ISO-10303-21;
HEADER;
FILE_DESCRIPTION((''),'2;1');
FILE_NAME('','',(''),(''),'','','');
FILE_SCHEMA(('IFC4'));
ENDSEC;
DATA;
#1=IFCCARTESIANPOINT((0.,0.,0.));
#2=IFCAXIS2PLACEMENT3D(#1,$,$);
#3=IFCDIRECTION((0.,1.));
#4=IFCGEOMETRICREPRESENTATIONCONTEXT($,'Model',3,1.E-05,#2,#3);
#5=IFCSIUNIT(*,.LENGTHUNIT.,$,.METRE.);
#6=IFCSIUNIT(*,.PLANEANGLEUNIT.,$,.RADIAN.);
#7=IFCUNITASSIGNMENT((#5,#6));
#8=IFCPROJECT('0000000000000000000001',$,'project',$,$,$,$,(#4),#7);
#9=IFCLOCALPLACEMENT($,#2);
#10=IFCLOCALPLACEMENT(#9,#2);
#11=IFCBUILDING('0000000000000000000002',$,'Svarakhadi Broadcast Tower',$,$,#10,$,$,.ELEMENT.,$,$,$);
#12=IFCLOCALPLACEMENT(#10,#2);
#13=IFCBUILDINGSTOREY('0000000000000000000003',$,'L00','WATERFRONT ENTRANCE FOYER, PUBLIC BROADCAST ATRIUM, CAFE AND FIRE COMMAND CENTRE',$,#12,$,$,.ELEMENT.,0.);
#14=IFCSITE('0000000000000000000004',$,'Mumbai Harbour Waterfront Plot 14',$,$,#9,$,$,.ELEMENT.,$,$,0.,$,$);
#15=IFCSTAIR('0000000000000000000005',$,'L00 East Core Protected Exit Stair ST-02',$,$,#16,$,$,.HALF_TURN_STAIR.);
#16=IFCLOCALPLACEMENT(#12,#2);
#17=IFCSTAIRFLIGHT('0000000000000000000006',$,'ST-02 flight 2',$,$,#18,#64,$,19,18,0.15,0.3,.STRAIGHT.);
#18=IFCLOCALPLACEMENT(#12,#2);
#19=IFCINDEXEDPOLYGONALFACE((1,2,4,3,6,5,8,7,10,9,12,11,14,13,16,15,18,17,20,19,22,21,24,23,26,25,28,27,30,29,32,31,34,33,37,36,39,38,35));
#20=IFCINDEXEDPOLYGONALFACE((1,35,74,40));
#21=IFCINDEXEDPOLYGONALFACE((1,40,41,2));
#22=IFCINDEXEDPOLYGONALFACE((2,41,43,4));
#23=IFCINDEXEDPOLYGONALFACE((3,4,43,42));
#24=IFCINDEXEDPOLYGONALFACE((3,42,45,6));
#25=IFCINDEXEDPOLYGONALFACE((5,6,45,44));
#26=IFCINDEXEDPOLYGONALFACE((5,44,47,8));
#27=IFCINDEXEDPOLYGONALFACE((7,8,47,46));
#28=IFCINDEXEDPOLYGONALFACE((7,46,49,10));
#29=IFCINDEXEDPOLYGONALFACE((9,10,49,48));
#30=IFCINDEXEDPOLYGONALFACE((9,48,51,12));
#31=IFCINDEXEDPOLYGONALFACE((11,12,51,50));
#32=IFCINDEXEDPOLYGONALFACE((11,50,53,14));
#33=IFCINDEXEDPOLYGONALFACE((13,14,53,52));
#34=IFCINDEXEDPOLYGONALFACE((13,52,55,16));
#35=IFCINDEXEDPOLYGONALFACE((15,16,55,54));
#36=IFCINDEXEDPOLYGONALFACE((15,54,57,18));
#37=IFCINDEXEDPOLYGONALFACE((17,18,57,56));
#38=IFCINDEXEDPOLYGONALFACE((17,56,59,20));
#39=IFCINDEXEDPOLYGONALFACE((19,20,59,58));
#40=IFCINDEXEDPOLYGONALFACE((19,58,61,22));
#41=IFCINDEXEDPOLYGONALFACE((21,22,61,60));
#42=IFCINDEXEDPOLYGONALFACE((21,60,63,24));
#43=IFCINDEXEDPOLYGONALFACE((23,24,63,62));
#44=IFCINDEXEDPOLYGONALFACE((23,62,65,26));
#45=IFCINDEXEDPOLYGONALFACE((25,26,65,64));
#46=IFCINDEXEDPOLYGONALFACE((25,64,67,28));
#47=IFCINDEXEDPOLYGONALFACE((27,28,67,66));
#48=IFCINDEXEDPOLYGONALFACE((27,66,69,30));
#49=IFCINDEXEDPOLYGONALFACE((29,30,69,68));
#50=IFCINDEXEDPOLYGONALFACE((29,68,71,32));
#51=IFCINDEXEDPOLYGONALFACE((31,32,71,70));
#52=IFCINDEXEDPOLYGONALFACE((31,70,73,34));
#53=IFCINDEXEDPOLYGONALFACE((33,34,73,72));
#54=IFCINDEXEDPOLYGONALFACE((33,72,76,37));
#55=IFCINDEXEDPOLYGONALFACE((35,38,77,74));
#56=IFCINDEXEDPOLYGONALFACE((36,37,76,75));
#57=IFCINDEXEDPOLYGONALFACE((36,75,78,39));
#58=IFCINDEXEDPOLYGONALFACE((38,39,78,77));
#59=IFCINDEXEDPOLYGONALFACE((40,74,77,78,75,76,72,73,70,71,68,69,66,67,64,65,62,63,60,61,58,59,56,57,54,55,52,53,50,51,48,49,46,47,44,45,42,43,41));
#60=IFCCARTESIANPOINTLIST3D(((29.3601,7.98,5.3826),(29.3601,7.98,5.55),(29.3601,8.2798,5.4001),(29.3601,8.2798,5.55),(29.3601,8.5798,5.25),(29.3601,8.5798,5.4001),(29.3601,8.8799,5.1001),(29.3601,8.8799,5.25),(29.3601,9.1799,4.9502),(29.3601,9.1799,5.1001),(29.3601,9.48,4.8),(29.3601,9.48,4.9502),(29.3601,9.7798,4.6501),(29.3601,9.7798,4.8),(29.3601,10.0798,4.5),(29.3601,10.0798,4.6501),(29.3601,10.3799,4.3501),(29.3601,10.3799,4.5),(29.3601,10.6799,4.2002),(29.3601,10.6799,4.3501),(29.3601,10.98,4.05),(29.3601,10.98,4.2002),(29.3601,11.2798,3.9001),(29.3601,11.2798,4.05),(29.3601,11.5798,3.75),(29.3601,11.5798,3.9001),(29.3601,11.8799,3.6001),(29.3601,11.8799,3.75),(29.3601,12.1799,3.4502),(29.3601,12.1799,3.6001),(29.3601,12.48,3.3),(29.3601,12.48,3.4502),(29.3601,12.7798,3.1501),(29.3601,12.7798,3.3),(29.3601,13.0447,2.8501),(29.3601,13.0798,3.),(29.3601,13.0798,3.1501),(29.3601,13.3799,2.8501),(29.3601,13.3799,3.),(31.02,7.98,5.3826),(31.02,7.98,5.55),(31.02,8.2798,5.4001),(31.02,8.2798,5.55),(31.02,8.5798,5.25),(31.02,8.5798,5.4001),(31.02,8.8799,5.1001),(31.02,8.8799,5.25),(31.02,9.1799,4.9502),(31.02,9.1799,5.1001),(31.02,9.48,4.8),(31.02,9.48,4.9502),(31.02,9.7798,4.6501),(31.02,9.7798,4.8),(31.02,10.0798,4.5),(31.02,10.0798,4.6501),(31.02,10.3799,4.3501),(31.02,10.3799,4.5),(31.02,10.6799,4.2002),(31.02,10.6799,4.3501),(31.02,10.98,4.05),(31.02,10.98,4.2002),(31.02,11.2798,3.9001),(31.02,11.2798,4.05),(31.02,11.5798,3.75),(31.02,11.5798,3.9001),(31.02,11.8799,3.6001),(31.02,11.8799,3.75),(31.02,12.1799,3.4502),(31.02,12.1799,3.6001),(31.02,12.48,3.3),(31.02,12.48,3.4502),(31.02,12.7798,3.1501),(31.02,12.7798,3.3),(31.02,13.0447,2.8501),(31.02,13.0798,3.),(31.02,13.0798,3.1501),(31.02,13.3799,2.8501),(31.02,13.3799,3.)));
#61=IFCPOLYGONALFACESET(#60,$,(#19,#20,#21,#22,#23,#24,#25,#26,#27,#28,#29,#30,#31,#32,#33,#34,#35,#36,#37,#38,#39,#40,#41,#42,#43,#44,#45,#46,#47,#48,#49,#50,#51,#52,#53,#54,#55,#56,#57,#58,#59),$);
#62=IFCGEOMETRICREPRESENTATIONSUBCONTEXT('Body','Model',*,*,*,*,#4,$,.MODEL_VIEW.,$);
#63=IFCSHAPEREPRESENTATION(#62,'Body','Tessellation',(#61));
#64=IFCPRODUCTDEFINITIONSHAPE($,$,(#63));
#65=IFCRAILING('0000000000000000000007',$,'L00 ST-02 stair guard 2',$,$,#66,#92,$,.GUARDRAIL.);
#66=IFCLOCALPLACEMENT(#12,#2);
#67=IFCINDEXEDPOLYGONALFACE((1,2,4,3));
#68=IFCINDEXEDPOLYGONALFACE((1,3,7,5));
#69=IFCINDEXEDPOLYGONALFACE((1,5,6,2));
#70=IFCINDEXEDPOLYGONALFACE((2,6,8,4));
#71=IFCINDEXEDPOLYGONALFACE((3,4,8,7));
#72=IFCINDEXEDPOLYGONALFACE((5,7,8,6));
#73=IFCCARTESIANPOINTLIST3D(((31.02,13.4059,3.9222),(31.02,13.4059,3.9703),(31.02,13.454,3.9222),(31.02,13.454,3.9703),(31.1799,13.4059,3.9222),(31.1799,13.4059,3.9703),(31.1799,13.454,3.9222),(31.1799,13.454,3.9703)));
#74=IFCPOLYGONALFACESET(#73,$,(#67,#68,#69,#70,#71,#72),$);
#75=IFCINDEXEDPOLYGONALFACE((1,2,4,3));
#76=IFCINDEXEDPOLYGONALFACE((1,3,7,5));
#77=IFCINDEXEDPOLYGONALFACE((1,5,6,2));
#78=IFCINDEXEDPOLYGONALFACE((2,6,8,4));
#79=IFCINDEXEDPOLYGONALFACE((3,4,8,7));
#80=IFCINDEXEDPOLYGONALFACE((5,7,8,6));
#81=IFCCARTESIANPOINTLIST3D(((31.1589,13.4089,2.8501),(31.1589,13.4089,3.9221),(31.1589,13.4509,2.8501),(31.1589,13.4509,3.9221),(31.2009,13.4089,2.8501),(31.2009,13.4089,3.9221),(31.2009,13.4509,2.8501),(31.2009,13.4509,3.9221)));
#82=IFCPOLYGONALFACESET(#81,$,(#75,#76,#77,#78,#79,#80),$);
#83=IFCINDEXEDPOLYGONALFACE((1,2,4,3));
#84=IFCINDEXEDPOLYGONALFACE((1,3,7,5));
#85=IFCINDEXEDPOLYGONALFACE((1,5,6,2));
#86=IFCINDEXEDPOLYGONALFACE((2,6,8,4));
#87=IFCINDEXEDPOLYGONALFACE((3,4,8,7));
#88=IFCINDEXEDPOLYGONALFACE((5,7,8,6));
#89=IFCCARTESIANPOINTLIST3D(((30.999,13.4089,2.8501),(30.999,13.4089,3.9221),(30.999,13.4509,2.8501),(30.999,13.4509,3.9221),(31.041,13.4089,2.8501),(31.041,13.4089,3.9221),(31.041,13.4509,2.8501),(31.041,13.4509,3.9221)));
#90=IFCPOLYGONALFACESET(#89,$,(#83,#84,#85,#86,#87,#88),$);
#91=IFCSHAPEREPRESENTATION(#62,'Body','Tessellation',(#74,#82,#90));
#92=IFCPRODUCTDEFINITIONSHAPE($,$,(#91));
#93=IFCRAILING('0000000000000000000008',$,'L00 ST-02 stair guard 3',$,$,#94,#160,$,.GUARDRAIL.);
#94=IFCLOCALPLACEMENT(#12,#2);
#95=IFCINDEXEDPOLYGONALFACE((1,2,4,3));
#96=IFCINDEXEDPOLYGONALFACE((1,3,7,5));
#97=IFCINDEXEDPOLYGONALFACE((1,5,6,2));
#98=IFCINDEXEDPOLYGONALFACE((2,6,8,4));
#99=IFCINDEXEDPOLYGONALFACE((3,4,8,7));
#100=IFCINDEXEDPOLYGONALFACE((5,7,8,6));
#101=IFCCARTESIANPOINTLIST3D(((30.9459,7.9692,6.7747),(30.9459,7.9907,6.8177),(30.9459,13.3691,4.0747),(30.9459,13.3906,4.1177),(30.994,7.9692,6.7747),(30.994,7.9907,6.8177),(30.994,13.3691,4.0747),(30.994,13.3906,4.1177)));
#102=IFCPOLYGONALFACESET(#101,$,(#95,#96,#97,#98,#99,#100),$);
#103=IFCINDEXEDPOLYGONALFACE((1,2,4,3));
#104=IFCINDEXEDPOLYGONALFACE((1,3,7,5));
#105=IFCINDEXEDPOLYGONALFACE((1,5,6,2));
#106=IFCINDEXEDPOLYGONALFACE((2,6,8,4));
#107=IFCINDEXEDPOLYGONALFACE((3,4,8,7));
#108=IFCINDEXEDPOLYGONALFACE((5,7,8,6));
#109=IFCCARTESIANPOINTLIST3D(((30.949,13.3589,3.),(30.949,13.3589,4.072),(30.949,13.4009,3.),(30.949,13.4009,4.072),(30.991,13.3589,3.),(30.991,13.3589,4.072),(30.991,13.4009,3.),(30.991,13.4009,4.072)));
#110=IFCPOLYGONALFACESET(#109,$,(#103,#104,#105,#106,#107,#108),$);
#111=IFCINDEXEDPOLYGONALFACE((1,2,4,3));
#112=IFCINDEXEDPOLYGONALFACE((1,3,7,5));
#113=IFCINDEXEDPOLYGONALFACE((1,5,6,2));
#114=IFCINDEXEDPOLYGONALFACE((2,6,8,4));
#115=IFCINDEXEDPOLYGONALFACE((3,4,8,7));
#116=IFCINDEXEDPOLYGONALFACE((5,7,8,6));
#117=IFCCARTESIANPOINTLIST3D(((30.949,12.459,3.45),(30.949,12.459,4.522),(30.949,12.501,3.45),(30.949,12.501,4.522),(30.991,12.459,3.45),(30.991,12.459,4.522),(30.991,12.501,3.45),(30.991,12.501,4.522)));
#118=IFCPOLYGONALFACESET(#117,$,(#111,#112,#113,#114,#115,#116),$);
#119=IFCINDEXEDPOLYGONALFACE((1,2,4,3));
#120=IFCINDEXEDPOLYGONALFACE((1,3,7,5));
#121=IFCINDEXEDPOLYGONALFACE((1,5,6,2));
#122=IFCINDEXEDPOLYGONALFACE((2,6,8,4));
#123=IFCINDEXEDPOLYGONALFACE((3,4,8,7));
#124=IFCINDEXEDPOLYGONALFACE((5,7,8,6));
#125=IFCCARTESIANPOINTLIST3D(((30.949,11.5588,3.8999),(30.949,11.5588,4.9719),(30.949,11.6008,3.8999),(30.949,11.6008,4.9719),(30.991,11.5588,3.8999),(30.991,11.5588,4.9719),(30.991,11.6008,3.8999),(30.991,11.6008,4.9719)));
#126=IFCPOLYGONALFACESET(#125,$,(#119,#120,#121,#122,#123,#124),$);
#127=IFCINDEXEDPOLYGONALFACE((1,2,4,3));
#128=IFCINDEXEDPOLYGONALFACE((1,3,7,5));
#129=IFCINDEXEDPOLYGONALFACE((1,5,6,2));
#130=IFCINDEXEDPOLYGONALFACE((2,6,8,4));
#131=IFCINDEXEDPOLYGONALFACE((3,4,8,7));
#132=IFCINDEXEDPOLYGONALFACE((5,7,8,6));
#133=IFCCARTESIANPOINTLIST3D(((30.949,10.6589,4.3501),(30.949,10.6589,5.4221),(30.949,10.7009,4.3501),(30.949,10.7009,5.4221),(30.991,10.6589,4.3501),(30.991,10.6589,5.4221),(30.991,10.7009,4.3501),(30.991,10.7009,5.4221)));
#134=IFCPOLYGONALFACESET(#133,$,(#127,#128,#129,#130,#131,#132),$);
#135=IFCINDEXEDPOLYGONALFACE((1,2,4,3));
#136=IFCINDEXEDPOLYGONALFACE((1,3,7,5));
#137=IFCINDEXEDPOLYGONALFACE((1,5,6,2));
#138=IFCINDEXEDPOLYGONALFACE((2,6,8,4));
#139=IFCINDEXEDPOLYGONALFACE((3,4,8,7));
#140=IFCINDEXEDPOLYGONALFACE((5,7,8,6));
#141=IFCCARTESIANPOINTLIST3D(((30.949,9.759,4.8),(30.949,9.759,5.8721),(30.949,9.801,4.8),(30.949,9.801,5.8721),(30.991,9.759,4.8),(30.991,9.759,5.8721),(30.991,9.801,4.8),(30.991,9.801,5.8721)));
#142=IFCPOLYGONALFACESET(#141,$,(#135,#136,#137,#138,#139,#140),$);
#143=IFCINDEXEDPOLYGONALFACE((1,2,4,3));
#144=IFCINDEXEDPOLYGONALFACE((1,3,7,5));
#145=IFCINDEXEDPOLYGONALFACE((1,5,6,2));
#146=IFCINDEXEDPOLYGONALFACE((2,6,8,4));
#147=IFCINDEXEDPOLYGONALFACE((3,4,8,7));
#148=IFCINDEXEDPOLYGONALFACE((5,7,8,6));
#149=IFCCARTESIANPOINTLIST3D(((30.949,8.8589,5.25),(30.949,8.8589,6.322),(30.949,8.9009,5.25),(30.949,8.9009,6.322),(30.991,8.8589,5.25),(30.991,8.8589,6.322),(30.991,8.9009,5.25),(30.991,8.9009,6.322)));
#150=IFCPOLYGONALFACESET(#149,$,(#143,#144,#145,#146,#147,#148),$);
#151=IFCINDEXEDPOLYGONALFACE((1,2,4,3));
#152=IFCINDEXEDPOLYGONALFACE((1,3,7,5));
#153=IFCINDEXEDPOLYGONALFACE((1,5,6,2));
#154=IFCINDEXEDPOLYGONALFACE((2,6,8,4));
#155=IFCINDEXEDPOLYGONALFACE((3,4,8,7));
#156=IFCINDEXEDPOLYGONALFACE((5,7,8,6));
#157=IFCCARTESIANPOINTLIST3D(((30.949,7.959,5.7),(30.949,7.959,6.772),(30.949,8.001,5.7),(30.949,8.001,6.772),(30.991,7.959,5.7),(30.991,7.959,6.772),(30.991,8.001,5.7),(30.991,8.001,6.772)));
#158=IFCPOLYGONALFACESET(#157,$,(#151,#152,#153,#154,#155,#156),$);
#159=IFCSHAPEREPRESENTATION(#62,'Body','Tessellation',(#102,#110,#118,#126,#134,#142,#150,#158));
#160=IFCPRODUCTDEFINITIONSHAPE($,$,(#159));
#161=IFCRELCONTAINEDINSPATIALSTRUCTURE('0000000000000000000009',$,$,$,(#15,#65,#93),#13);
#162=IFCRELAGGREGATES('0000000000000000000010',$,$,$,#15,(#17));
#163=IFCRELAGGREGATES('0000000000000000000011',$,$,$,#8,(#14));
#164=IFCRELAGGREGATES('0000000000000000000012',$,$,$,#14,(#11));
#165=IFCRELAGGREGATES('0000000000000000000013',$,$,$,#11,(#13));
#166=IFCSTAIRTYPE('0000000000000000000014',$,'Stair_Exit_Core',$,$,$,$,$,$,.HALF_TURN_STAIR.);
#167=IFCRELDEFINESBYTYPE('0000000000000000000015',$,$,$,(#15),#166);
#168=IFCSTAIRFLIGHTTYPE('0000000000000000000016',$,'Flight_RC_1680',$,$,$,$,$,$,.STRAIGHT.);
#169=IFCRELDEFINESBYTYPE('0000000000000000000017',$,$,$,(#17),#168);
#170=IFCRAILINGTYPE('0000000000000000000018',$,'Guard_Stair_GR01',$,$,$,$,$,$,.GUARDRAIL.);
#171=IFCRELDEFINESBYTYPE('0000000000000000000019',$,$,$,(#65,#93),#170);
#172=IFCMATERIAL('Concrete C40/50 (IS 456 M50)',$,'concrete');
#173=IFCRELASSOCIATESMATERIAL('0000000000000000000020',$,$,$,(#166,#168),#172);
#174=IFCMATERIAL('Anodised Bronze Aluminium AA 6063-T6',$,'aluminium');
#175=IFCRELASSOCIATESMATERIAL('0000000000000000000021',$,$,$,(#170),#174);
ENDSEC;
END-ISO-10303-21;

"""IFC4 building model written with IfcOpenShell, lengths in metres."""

from ifc_helpers import new_model, si_unit, direction, frame, origin, origin_2d, place, context, subcontext, project, spatial, polyline, rectangle, outline, extrude, material, type_object, element, aggregate, save


model = new_model("IFC4")

# Units and contexts
model_context = context("Model", 3, precision=1e-05, world=origin(), true_north=direction((0.0, 1.0)))
body_context = subcontext(model_context, "Body", "Model", "MODEL_VIEW")
ifc_project = project(units=[si_unit("LENGTHUNIT", "METRE"), si_unit("PLANEANGLEUNIT", "RADIAN")], contexts=[model_context])

# Site, building, storey
site_placement = place(None, origin())
site = spatial("IfcSite", under=ifc_project, at=site_placement, Name="Mumbai Harbour Waterfront Plot 14", CompositionType="ELEMENT", RefElevation=0.0)
building_placement = place(site_placement, origin())
building = spatial("IfcBuilding", under=site, at=building_placement, Name="Svarakhadi Broadcast Tower", CompositionType="ELEMENT")
storey_placement = place(building_placement, origin())
storey = spatial("IfcBuildingStorey", under=building, at=storey_placement, Name="L00", Description="WATERFRONT ENTRANCE FOYER, PUBLIC BROADCAST ATRIUM, CAFE AND FIRE COMMAND CENTRE", CompositionType="ELEMENT", Elevation=0.0)

# Shared definitions
ifc_material_1 = material(Name="Concrete C40/50 (IS 456 M50)", Category="concrete")

# Stair, stair flight
stair_type = type_object("IfcStairType", Name="Stair_Exit_Core", PredefinedType="HALF_TURN_STAIR", material=ifc_material_1)
stair_placement = place(storey_placement, origin())
stair = element("IfcStair", 1, at=stair_placement, inside=storey, type_object=stair_type, Name="L00 East Core Protected Exit Stair ST-02", PredefinedType="HALF_TURN_STAIR")
stair_flight_type = type_object("IfcStairFlightType", Name="Flight_RC_1680", PredefinedType="STRAIGHT", material=ifc_material_1)
stair_flight_placement = place(storey_placement, frame((30.1899, 13.3799, 2.8501), z_axis=(0.0, 0.0, 1.0), x_axis=(0.0, -1.0, 0.0)))
stair_flight = element("IfcStairFlight", 2, at=stair_flight_placement, type_object=stair_flight_type, Name="ST-02 flight 2", NumberOfRisers=19, NumberOfTreads=18, PredefinedType="STRAIGHT", RiserHeight=0.15, TreadLength=0.3, context=body_context, shape_type="SweptSolid", body=[
    extrude(outline(polyline([(0.0, 0.0), (0.0, 0.1499), (0.3, 0.1499), (0.3, 0.3), (0.6001, 0.3), (0.6001, 0.45), (0.8999, 0.45), (0.8999, 0.6001), (1.2, 0.6001), (1.2, 0.75), (1.5, 0.75), (1.5, 0.8999), (1.8, 0.8999), (1.8, 1.05), (2.1001, 1.05), (2.1001, 1.2), (2.3999, 1.2), (2.3999, 1.3501), (2.7, 1.3501), (2.7, 1.5), (3.0, 1.5), (3.0, 1.6499), (3.3, 1.6499), (3.3, 1.8), (3.6001, 1.8), (3.6001, 1.95), (3.8999, 1.95), (3.8999, 2.1001), (4.2, 2.1001), (4.2, 2.25), (4.5, 2.25), (4.5, 2.3999), (4.8, 2.3999), (4.8, 2.55), (5.1001, 2.55), (5.1001, 2.7), (5.3999, 2.7), (5.3999, 2.8501), (5.3999, 2.5325), (0.3352, 0.0), (0.0, 0.0)])), frame((0.0, 0.8301, 0.0), z_axis=(0.0, -1.0, 0.0), x_axis=(1.0, 0.0, 0.0)), (0.0, 0.0, 1.0), 1.6599),
])
aggregate(stair, [stair_flight])

# Railings
ifc_material_2 = material(Name="Anodised Bronze Aluminium AA 6063-T6", Category="aluminium")
railing_type_1 = type_object("IfcRailingType", Name="Guard_Stair_GR01", PredefinedType="GUARDRAIL", material=ifc_material_2)
railing_1_placement = place(storey_placement, frame((31.1799, 13.4299, 2.8501)))
element("IfcRailing", 3, at=railing_1_placement, inside=storey, type_object=railing_type_1, Name="L00 ST-02 stair guard 2", PredefinedType="GUARDRAIL", context=body_context, shape_type="SweptSolid", body=[
    extrude(rectangle(XDim=0.0481, YDim=0.0481, at=origin_2d()), frame((0.0, 0.0, 1.0962), z_axis=(-1.0, 0.0, 0.0), x_axis=(0.0, -1.0, 0.0)), (0.0, 0.0, 1.0), 0.1599),
    extrude(rectangle(XDim=0.042, YDim=0.042, at=origin_2d()), origin(), (0.0, 0.0, 1.0), 1.072),
    extrude(rectangle(XDim=0.042, YDim=0.042, at=origin_2d()), frame((-0.1599, 0.0, 0.0)), (0.0, 0.0, 1.0), 1.072),
])
railing_2_placement = place(storey_placement, frame((30.97, 13.3799, 3.0)))
element("IfcRailing", 4, at=railing_2_placement, inside=storey, type_object=railing_type_1, Name="L00 ST-02 stair guard 3", PredefinedType="GUARDRAIL", context=body_context, shape_type="SweptSolid", body=[
    extrude(rectangle(XDim=0.0481, YDim=0.0481, at=origin_2d()), frame((0.0, 0.0, 1.0962), z_axis=(0.0, -0.894427, 0.447214), x_axis=(1.0, 0.0, 0.0)), (0.0, 0.0, 1.0), 6.0374),
    extrude(rectangle(XDim=0.042, YDim=0.042, at=origin_2d()), origin(), (0.0, 0.0, 1.0), 1.072),
    extrude(rectangle(XDim=0.042, YDim=0.042, at=origin_2d()), frame((0.0, -0.8999, 0.45)), (0.0, 0.0, 1.0), 1.072),
    extrude(rectangle(XDim=0.042, YDim=0.042, at=origin_2d()), frame((0.0, -1.8, 0.8999)), (0.0, 0.0, 1.0), 1.072),
    extrude(rectangle(XDim=0.042, YDim=0.042, at=origin_2d()), frame((0.0, -2.7, 1.3501)), (0.0, 0.0, 1.0), 1.072),
    extrude(rectangle(XDim=0.042, YDim=0.042, at=origin_2d()), frame((0.0, -3.5999, 1.8)), (0.0, 0.0, 1.0), 1.072),
    extrude(rectangle(XDim=0.042, YDim=0.042, at=origin_2d()), frame((0.0, -4.5, 2.25)), (0.0, 0.0, 1.0), 1.072),
    extrude(rectangle(XDim=0.042, YDim=0.042, at=origin_2d()), frame((0.0, -5.3999, 2.7)), (0.0, 0.0, 1.0), 1.072),
])

save(model, "model.ifc")
